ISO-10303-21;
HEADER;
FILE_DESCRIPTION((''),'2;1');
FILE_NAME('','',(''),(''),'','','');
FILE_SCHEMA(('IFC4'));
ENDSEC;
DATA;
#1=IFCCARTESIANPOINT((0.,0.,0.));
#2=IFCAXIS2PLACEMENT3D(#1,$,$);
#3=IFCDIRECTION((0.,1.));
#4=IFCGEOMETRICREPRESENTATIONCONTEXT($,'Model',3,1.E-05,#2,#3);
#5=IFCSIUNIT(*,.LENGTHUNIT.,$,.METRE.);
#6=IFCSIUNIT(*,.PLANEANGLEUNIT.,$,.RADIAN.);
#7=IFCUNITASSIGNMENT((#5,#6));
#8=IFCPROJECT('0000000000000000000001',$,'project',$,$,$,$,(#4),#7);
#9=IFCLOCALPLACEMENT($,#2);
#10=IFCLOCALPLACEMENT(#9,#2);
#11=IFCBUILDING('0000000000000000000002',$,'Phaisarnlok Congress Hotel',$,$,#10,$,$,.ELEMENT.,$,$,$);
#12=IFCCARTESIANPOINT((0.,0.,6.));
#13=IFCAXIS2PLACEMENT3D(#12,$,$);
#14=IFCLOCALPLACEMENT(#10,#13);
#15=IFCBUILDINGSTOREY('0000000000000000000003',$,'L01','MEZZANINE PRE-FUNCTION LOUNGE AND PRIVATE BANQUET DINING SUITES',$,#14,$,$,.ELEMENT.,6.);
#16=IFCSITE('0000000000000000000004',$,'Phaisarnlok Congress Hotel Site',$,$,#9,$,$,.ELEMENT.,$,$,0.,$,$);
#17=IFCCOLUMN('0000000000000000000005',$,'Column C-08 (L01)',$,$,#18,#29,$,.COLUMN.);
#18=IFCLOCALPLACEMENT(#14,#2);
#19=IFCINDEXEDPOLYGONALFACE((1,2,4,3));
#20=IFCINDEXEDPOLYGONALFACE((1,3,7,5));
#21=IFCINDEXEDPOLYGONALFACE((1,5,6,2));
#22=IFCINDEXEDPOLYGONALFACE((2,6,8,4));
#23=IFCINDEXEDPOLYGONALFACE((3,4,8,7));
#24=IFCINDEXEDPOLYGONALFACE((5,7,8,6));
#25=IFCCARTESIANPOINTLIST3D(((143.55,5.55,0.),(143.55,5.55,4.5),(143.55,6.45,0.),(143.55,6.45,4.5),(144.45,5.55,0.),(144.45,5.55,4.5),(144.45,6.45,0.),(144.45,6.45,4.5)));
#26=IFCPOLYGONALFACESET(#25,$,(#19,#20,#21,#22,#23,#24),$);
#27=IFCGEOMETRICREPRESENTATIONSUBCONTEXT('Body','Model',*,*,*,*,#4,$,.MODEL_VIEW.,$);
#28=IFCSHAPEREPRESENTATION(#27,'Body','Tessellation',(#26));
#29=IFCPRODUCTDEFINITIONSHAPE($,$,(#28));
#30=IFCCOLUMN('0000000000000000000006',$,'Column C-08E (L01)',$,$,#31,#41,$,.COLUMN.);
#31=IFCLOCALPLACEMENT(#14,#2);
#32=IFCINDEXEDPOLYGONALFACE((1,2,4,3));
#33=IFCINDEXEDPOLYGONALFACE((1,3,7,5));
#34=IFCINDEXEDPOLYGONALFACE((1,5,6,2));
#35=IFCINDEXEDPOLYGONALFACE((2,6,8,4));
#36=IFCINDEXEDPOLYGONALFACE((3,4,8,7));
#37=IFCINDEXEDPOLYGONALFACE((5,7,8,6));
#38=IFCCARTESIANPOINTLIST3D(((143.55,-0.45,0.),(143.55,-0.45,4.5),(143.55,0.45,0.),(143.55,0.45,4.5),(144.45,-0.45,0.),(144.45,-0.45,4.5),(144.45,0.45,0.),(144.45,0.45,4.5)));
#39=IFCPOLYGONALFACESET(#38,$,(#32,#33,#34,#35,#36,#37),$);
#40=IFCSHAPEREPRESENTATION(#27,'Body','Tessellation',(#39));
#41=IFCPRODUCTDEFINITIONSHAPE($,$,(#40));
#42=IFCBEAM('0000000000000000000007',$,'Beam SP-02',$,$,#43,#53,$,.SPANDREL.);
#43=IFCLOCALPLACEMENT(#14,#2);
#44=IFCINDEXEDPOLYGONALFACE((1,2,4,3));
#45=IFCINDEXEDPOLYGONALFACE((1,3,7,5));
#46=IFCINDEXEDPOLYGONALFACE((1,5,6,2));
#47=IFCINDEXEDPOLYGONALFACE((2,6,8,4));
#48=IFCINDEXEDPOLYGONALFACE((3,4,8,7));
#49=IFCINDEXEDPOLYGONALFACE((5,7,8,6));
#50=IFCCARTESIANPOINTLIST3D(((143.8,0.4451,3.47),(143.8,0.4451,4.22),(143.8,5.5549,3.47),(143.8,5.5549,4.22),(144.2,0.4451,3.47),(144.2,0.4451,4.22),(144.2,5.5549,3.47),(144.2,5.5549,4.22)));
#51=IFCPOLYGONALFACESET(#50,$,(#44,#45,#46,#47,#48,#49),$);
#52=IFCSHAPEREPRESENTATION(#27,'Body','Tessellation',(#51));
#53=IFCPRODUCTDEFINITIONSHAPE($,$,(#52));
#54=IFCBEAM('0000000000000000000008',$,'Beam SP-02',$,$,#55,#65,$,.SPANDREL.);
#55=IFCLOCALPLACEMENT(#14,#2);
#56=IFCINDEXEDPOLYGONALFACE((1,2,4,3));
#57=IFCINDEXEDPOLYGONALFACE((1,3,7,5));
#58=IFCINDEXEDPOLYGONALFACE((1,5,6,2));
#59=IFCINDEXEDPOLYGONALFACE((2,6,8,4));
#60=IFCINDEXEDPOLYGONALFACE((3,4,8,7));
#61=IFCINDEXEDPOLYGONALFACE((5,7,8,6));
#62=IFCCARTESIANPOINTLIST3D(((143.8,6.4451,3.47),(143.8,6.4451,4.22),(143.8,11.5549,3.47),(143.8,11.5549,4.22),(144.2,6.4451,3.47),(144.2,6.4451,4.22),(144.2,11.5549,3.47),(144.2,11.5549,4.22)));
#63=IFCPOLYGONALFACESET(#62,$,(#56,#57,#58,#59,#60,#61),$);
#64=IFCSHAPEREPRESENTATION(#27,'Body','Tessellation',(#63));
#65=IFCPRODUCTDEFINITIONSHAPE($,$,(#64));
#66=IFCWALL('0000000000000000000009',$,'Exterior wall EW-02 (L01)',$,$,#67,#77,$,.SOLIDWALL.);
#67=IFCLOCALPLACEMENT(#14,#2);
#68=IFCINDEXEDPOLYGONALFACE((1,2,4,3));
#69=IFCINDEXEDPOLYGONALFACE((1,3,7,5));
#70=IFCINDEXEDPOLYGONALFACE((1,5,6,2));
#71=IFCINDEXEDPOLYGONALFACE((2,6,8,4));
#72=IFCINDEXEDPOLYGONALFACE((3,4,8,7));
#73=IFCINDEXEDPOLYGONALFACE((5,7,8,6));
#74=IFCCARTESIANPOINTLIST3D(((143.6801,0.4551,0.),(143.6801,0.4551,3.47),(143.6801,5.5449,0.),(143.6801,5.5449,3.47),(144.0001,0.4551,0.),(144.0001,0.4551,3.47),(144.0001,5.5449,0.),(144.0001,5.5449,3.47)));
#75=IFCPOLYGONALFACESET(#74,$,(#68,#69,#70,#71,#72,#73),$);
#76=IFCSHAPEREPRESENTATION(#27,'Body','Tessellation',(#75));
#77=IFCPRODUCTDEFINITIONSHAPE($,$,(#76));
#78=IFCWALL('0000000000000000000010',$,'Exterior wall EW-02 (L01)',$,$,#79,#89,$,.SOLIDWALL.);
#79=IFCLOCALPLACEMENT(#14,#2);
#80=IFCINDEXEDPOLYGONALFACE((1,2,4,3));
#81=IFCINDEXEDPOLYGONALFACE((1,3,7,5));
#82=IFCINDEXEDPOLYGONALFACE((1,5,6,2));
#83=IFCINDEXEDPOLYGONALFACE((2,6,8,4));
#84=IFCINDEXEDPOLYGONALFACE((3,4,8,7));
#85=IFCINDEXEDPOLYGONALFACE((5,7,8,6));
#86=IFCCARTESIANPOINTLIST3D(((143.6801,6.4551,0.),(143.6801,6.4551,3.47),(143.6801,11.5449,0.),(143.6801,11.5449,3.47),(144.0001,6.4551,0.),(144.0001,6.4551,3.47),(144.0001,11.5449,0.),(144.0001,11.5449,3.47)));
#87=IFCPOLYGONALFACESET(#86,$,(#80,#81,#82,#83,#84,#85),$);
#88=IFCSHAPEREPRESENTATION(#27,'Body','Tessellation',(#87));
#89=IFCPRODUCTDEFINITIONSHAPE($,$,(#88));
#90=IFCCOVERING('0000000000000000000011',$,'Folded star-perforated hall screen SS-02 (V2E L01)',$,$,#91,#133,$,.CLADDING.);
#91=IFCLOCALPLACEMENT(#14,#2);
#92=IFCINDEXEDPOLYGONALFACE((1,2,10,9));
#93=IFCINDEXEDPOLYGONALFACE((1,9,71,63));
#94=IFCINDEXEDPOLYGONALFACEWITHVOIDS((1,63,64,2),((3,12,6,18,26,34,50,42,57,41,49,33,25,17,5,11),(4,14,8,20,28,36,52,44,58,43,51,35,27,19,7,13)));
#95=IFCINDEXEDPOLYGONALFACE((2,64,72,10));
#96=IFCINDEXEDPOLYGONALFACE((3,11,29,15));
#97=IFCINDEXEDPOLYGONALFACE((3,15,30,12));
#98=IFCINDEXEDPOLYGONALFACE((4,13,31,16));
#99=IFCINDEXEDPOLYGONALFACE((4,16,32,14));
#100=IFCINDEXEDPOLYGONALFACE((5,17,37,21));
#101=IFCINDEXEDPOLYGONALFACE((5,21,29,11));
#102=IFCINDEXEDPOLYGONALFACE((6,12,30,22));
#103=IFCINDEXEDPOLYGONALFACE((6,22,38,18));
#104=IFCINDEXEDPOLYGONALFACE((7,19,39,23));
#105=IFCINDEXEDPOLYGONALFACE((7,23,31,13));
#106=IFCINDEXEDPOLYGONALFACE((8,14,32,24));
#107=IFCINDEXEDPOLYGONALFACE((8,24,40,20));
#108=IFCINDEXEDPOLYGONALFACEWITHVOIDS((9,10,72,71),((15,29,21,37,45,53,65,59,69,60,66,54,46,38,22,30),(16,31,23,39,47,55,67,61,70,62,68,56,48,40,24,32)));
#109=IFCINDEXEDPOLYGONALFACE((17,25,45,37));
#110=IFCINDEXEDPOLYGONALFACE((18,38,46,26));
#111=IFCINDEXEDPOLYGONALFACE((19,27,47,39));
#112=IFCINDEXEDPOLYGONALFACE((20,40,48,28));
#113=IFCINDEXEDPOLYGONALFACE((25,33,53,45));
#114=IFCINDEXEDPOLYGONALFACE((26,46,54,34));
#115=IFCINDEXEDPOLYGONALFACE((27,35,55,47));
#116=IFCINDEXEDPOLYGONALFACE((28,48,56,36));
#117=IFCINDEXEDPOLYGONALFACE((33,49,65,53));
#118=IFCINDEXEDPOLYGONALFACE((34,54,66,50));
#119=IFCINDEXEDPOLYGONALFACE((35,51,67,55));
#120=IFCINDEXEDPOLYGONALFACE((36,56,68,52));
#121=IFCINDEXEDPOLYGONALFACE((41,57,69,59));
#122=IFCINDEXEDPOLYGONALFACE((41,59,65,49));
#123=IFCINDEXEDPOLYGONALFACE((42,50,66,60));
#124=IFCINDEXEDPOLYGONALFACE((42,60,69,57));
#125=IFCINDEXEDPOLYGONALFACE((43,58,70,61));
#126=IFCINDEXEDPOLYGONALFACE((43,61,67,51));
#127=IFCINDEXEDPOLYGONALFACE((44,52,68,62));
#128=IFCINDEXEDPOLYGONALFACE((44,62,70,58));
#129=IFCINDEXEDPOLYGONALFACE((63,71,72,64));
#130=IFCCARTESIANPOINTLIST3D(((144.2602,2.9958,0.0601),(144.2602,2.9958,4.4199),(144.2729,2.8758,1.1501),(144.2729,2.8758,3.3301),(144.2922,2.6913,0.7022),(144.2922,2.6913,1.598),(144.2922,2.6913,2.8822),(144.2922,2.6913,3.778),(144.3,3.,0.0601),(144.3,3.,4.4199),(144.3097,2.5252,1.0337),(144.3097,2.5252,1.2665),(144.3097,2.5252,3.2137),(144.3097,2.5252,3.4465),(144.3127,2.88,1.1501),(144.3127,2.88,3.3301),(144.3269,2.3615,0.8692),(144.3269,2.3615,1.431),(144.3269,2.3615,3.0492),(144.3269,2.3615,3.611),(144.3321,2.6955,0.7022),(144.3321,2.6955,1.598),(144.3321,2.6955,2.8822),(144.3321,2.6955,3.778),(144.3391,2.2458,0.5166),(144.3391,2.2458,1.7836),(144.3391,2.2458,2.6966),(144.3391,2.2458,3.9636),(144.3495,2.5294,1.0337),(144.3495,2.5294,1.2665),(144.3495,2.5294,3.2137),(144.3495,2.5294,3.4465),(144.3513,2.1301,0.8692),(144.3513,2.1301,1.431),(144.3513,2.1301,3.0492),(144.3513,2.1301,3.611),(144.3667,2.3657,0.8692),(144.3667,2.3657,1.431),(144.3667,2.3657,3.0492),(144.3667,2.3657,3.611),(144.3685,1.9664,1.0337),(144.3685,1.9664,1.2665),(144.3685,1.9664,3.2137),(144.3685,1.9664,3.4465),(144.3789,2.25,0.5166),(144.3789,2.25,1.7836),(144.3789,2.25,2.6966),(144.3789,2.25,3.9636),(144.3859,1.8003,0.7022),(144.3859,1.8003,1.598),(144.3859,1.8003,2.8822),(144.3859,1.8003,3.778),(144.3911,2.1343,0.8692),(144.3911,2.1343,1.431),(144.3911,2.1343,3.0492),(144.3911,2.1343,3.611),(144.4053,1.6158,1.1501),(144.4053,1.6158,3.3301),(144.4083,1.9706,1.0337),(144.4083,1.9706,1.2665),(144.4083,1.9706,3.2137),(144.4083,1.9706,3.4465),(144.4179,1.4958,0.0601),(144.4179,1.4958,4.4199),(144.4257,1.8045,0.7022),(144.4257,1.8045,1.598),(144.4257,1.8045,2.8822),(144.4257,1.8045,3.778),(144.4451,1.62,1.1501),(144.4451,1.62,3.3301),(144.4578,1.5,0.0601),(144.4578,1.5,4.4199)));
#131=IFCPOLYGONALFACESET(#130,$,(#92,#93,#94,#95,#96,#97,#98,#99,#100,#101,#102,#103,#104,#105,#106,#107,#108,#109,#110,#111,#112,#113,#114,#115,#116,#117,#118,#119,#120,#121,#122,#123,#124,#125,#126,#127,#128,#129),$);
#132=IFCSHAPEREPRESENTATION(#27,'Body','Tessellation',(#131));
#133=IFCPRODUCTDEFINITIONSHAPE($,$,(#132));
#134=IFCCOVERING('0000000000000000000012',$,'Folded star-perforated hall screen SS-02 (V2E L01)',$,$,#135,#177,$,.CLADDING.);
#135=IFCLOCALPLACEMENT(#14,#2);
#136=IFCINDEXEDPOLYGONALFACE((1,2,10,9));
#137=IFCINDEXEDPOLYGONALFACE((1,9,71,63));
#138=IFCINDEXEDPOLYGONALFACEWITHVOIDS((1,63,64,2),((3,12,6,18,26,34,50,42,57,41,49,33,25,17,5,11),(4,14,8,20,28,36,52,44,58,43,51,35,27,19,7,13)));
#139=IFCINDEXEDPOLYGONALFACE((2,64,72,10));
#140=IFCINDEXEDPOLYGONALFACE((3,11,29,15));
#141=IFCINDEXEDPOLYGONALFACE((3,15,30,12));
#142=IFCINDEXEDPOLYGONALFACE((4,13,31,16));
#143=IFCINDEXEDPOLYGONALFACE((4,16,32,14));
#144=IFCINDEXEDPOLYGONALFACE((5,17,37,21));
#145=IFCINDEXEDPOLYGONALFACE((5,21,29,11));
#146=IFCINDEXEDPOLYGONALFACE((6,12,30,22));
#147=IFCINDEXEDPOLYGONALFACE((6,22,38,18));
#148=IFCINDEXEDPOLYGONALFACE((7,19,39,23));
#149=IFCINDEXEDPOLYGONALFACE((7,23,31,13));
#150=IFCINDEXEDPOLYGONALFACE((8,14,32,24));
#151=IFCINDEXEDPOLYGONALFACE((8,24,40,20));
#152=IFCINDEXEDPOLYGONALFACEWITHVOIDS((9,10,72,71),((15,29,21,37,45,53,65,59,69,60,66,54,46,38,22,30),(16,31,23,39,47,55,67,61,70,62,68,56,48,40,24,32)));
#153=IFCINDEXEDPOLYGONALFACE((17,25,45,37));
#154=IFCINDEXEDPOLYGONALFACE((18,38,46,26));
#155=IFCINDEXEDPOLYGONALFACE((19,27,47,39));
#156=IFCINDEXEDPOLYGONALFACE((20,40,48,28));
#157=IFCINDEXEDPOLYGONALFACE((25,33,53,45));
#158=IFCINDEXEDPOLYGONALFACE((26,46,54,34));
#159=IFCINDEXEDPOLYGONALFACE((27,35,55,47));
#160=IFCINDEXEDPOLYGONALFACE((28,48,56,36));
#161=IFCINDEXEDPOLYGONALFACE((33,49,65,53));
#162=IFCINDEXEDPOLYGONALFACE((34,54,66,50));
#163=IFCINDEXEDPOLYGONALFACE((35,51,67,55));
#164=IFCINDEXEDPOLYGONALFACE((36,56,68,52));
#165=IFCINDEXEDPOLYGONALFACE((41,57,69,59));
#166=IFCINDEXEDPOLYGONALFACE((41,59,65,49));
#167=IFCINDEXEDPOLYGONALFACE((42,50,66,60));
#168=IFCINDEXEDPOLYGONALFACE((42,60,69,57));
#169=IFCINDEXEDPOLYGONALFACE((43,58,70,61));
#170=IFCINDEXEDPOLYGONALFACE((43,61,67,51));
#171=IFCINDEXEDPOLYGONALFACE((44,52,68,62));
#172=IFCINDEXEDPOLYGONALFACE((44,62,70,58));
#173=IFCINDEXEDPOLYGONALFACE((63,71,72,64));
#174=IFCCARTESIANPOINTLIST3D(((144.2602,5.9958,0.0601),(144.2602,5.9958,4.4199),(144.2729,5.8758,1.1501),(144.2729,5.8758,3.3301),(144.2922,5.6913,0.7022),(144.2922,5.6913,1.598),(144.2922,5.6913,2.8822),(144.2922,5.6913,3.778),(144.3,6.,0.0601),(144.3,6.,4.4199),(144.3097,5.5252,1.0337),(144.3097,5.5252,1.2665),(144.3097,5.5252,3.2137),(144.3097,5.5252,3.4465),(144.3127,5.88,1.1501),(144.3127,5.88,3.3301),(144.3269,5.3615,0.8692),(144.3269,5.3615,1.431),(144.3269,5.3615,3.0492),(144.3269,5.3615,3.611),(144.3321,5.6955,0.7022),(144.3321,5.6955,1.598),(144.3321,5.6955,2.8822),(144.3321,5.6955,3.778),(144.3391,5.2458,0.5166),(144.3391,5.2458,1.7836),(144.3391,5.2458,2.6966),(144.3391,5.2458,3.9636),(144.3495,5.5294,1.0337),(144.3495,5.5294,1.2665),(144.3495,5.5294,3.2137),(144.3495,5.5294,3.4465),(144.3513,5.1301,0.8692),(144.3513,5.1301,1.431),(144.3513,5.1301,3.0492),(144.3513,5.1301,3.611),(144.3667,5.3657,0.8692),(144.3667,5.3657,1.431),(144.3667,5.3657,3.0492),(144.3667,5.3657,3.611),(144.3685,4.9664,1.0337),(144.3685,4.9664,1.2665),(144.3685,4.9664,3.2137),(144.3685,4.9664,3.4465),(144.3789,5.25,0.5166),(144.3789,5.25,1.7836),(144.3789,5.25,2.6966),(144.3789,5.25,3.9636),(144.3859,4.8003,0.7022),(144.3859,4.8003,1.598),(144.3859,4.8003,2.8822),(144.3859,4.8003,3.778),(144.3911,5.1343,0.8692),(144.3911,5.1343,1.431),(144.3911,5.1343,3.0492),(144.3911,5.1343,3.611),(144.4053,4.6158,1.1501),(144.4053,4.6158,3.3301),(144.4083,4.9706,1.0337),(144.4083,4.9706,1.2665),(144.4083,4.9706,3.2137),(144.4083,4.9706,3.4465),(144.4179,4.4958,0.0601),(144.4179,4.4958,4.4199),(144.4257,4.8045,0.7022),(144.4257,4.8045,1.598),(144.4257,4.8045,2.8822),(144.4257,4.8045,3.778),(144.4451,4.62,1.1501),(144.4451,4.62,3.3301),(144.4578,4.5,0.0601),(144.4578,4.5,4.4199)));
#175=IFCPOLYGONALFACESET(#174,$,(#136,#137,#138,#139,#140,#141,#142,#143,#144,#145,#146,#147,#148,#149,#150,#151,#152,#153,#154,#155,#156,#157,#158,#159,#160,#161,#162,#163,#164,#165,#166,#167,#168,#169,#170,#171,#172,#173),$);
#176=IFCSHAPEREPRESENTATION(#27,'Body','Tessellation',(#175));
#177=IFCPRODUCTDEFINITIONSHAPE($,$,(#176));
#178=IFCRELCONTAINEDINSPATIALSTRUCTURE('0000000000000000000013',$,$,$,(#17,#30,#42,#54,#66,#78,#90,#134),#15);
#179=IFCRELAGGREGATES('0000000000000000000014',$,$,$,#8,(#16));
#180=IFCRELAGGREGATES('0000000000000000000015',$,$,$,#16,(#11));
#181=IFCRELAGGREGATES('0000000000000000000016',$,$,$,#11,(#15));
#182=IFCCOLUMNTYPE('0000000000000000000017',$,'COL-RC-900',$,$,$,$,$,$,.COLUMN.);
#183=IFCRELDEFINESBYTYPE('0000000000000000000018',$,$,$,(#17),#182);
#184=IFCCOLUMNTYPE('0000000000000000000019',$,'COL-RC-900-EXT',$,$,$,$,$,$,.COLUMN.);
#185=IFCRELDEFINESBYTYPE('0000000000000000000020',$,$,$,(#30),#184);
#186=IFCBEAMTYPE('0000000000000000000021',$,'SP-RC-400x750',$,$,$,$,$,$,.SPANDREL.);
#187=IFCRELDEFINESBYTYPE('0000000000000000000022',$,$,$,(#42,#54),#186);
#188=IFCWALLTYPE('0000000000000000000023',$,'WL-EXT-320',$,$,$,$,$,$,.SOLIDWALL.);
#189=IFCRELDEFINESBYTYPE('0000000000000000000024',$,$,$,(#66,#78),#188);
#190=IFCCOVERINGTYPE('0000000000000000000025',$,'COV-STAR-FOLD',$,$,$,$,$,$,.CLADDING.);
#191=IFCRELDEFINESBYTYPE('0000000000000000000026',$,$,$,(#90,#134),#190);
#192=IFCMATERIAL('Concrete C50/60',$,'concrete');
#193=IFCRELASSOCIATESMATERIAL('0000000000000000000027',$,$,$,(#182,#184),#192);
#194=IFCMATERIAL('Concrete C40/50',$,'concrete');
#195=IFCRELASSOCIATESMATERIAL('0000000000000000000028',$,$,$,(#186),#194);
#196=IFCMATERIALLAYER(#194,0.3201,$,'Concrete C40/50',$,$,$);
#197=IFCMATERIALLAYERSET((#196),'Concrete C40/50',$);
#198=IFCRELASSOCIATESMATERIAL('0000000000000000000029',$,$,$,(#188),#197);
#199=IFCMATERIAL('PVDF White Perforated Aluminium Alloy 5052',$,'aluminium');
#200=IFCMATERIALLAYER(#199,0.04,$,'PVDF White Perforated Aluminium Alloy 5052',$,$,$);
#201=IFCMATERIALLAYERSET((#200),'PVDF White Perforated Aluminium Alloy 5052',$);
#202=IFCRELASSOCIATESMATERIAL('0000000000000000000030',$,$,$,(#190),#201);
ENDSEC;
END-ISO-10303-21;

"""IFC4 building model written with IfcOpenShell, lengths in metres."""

from ifc_helpers import new_model, si_unit, direction, frame, frame_2d, origin, origin_2d, place, context, subcontext, project, spatial, polyline, rectangle, outline, extrude, material, layer, layer_set, material_profile, profile_set, type_object, element, save


model = new_model("IFC4")

# Units and contexts
model_context = context("Model", 3, precision=1e-05, world=origin(), true_north=direction((0.0, 1.0)))
body_context = subcontext(model_context, "Body", "Model", "MODEL_VIEW")
ifc_project = project(units=[si_unit("LENGTHUNIT", "METRE"), si_unit("PLANEANGLEUNIT", "RADIAN")], contexts=[model_context])

# Site, building, storey
site_placement = place(None, origin())
site = spatial("IfcSite", under=ifc_project, at=site_placement, Name="Phaisarnlok Congress Hotel Site", CompositionType="ELEMENT", RefElevation=0.0)
building_placement = place(site_placement, origin())
building = spatial("IfcBuilding", under=site, at=building_placement, Name="Phaisarnlok Congress Hotel", CompositionType="ELEMENT")
storey_placement = place(building_placement, frame((0.0, 0.0, 6.0)))
storey = spatial("IfcBuildingStorey", under=building, at=storey_placement, Name="L01", Description="MEZZANINE PRE-FUNCTION LOUNGE AND PRIVATE BANQUET DINING SUITES", CompositionType="ELEMENT", Elevation=6.0)

# Columns
ifc_material_1 = material(Name="Concrete C50/60", Category="concrete")
ifc_material_profile_1 = material_profile(ifc_material_1, rectangle(XDim=0.8999, YDim=0.8999, at=origin_2d()), Name="RC 900x900")
ifc_profile_set_1 = profile_set([ifc_material_profile_1], Name="Concrete C50/60")
column_type_1 = type_object("IfcColumnType", Name="COL-RC-900", PredefinedType="COLUMN", material=ifc_profile_set_1)
column_1_placement = place(storey_placement, frame((144.0, 6.0, 0.0), z_axis=(0.0, 0.0, 1.0), x_axis=(1.0, 0.0, 0.0)))
element("IfcColumn", 1, at=column_1_placement, inside=storey, type_object=column_type_1, Name="Column C-08 (L01)", PredefinedType="COLUMN", context=body_context, shape_type="SweptSolid", body=[
    extrude(rectangle(XDim=0.8999, YDim=0.8999, at=origin_2d()), origin(), (0.0, 0.0, 1.0), 4.5),
])
ifc_material_profile_2 = material_profile(ifc_material_1, rectangle(XDim=0.8999, YDim=0.8999, at=origin_2d()), Name="RC 900x900")
ifc_profile_set_2 = profile_set([ifc_material_profile_2], Name="Concrete C50/60")
column_type_2 = type_object("IfcColumnType", Name="COL-RC-900-EXT", PredefinedType="COLUMN", material=ifc_profile_set_2)
column_2_placement = place(storey_placement, frame((144.0, 0.0, 0.0), z_axis=(0.0, 0.0, 1.0), x_axis=(1.0, 0.0, 0.0)))
element("IfcColumn", 2, at=column_2_placement, inside=storey, type_object=column_type_2, Name="Column C-08E (L01)", PredefinedType="COLUMN", context=body_context, shape_type="SweptSolid", body=[
    extrude(rectangle(XDim=0.8999, YDim=0.8999, at=origin_2d()), origin(), (0.0, 0.0, 1.0), 4.5),
])

# Beams
ifc_material_2 = material(Name="Concrete C40/50", Category="concrete")
ifc_material_profile_3 = material_profile(ifc_material_2, rectangle(XDim=0.3999, YDim=0.75, at=origin_2d()), Name="RC 400x750")
ifc_profile_set_3 = profile_set([ifc_material_profile_3], Name="Concrete C40/50")
beam_type = type_object("IfcBeamType", Name="SP-RC-400x750", PredefinedType="SPANDREL", material=ifc_profile_set_3)
for number, where, z_axis, x_axis, name in (
    (3, (144.0, 0.4451, 3.845), (0.0, 1.0, 0.0), (-1.0, 0.0, 0.0), "Beam SP-02"),
    (4, (144.0, 6.4451, 3.845), (0.0, 1.0, 0.0), (-1.0, 0.0, 0.0), "Beam SP-02"),
):
    element("IfcBeam", number, at=place(storey_placement, frame(where, z_axis=z_axis, x_axis=x_axis)), inside=storey, type_object=beam_type, Name=name, PredefinedType="SPANDREL", context=body_context, shape_type="SweptSolid", body=[
        extrude(rectangle(XDim=0.3999, YDim=0.75, at=origin_2d()), origin(), (0.0, 0.0, 1.0), 5.1099),
    ])

# Walls
ifc_layer_1 = layer(ifc_material_2, 0.3201, Name="Concrete C40/50")
ifc_layer_set_1 = layer_set([ifc_layer_1], Name="Concrete C40/50")
wall_type = type_object("IfcWallType", Name="WL-EXT-320", PredefinedType="SOLIDWALL", material=ifc_layer_set_1)
for number, where, z_axis, x_axis, name in (
    (5, (143.8401, 0.4551, 0.0), (0.0, 0.0, 1.0), (0.0, 1.0, 0.0), "Exterior wall EW-02 (L01)"),
    (6, (143.8401, 6.4551, 0.0), (0.0, 0.0, 1.0), (0.0, 1.0, 0.0), "Exterior wall EW-02 (L01)"),
):
    element("IfcWall", number, at=place(storey_placement, frame(where, z_axis=z_axis, x_axis=x_axis)), inside=storey, type_object=wall_type, Name=name, PredefinedType="SOLIDWALL", context=body_context, shape_type="SweptSolid", body=[
        extrude(rectangle(XDim=5.0898, YDim=0.3201, at=frame_2d((2.5449, 0.0))), origin(), (0.0, 0.0, 1.0), 3.47),
    ])

# Coverings
ifc_material_3 = material(Name="PVDF White Perforated Aluminium Alloy 5052", Category="aluminium")
ifc_layer_2 = layer(ifc_material_3, 0.04, Name="PVDF White Perforated Aluminium Alloy 5052")
ifc_layer_set_2 = layer_set([ifc_layer_2], Name="PVDF White Perforated Aluminium Alloy 5052")
covering_type = type_object("IfcCoveringType", Name="COV-STAR-FOLD", PredefinedType="CLADDING", material=ifc_layer_set_2)
for number, where, z_axis, x_axis, name in (
    (7, (144.3, 3.0, 0.0601), (-0.994518, -0.104567, 0.0), (0.104567, -0.994518, 0.0), "Folded star-perforated hall screen SS-02 (V2E L01)"),
    (8, (144.3, 6.0, 0.0601), (-0.994518, -0.104567, 0.0), (0.104567, -0.994518, 0.0), "Folded star-perforated hall screen SS-02 (V2E L01)"),
):
    element("IfcCovering", number, at=place(storey_placement, frame(where, z_axis=z_axis, x_axis=x_axis)), inside=storey, type_object=covering_type, Name=name, PredefinedType="CLADDING", context=body_context, shape_type="SweptSolid", body=[
        extrude(outline(polyline([(0.0, 0.0), (1.5083, 0.0), (1.5083, 4.3599), (0.0, 4.3599), (0.0, 0.0)]), holes=[polyline([(1.0351, 0.9736), (1.2021, 0.6421), (0.8705, 0.8091), (0.7541, 0.4565), (0.6378, 0.8091), (0.3062, 0.6421), (0.4732, 0.9736), (0.1207, 1.09), (0.4732, 1.2064), (0.3062, 1.5379), (0.6378, 1.3709), (0.7541, 1.7235), (0.8705, 1.3709), (1.2021, 1.5379), (1.0351, 1.2064), (1.3876, 1.09), (1.0351, 0.9736)]), polyline([(1.0351, 3.1536), (1.2021, 2.8221), (0.8705, 2.9891), (0.7541, 2.6365), (0.6378, 2.9891), (0.3062, 2.8221), (0.4732, 3.1536), (0.1207, 3.27), (0.4732, 3.3864), (0.3062, 3.7179), (0.6378, 3.5509), (0.7541, 3.9035), (0.8705, 3.5509), (1.2021, 3.7179), (1.0351, 3.3864), (1.3876, 3.27), (1.0351, 3.1536)])]), origin(), (0.0, 0.0, 1.0), 0.04),
    ])

save(model, "model.ifc")
